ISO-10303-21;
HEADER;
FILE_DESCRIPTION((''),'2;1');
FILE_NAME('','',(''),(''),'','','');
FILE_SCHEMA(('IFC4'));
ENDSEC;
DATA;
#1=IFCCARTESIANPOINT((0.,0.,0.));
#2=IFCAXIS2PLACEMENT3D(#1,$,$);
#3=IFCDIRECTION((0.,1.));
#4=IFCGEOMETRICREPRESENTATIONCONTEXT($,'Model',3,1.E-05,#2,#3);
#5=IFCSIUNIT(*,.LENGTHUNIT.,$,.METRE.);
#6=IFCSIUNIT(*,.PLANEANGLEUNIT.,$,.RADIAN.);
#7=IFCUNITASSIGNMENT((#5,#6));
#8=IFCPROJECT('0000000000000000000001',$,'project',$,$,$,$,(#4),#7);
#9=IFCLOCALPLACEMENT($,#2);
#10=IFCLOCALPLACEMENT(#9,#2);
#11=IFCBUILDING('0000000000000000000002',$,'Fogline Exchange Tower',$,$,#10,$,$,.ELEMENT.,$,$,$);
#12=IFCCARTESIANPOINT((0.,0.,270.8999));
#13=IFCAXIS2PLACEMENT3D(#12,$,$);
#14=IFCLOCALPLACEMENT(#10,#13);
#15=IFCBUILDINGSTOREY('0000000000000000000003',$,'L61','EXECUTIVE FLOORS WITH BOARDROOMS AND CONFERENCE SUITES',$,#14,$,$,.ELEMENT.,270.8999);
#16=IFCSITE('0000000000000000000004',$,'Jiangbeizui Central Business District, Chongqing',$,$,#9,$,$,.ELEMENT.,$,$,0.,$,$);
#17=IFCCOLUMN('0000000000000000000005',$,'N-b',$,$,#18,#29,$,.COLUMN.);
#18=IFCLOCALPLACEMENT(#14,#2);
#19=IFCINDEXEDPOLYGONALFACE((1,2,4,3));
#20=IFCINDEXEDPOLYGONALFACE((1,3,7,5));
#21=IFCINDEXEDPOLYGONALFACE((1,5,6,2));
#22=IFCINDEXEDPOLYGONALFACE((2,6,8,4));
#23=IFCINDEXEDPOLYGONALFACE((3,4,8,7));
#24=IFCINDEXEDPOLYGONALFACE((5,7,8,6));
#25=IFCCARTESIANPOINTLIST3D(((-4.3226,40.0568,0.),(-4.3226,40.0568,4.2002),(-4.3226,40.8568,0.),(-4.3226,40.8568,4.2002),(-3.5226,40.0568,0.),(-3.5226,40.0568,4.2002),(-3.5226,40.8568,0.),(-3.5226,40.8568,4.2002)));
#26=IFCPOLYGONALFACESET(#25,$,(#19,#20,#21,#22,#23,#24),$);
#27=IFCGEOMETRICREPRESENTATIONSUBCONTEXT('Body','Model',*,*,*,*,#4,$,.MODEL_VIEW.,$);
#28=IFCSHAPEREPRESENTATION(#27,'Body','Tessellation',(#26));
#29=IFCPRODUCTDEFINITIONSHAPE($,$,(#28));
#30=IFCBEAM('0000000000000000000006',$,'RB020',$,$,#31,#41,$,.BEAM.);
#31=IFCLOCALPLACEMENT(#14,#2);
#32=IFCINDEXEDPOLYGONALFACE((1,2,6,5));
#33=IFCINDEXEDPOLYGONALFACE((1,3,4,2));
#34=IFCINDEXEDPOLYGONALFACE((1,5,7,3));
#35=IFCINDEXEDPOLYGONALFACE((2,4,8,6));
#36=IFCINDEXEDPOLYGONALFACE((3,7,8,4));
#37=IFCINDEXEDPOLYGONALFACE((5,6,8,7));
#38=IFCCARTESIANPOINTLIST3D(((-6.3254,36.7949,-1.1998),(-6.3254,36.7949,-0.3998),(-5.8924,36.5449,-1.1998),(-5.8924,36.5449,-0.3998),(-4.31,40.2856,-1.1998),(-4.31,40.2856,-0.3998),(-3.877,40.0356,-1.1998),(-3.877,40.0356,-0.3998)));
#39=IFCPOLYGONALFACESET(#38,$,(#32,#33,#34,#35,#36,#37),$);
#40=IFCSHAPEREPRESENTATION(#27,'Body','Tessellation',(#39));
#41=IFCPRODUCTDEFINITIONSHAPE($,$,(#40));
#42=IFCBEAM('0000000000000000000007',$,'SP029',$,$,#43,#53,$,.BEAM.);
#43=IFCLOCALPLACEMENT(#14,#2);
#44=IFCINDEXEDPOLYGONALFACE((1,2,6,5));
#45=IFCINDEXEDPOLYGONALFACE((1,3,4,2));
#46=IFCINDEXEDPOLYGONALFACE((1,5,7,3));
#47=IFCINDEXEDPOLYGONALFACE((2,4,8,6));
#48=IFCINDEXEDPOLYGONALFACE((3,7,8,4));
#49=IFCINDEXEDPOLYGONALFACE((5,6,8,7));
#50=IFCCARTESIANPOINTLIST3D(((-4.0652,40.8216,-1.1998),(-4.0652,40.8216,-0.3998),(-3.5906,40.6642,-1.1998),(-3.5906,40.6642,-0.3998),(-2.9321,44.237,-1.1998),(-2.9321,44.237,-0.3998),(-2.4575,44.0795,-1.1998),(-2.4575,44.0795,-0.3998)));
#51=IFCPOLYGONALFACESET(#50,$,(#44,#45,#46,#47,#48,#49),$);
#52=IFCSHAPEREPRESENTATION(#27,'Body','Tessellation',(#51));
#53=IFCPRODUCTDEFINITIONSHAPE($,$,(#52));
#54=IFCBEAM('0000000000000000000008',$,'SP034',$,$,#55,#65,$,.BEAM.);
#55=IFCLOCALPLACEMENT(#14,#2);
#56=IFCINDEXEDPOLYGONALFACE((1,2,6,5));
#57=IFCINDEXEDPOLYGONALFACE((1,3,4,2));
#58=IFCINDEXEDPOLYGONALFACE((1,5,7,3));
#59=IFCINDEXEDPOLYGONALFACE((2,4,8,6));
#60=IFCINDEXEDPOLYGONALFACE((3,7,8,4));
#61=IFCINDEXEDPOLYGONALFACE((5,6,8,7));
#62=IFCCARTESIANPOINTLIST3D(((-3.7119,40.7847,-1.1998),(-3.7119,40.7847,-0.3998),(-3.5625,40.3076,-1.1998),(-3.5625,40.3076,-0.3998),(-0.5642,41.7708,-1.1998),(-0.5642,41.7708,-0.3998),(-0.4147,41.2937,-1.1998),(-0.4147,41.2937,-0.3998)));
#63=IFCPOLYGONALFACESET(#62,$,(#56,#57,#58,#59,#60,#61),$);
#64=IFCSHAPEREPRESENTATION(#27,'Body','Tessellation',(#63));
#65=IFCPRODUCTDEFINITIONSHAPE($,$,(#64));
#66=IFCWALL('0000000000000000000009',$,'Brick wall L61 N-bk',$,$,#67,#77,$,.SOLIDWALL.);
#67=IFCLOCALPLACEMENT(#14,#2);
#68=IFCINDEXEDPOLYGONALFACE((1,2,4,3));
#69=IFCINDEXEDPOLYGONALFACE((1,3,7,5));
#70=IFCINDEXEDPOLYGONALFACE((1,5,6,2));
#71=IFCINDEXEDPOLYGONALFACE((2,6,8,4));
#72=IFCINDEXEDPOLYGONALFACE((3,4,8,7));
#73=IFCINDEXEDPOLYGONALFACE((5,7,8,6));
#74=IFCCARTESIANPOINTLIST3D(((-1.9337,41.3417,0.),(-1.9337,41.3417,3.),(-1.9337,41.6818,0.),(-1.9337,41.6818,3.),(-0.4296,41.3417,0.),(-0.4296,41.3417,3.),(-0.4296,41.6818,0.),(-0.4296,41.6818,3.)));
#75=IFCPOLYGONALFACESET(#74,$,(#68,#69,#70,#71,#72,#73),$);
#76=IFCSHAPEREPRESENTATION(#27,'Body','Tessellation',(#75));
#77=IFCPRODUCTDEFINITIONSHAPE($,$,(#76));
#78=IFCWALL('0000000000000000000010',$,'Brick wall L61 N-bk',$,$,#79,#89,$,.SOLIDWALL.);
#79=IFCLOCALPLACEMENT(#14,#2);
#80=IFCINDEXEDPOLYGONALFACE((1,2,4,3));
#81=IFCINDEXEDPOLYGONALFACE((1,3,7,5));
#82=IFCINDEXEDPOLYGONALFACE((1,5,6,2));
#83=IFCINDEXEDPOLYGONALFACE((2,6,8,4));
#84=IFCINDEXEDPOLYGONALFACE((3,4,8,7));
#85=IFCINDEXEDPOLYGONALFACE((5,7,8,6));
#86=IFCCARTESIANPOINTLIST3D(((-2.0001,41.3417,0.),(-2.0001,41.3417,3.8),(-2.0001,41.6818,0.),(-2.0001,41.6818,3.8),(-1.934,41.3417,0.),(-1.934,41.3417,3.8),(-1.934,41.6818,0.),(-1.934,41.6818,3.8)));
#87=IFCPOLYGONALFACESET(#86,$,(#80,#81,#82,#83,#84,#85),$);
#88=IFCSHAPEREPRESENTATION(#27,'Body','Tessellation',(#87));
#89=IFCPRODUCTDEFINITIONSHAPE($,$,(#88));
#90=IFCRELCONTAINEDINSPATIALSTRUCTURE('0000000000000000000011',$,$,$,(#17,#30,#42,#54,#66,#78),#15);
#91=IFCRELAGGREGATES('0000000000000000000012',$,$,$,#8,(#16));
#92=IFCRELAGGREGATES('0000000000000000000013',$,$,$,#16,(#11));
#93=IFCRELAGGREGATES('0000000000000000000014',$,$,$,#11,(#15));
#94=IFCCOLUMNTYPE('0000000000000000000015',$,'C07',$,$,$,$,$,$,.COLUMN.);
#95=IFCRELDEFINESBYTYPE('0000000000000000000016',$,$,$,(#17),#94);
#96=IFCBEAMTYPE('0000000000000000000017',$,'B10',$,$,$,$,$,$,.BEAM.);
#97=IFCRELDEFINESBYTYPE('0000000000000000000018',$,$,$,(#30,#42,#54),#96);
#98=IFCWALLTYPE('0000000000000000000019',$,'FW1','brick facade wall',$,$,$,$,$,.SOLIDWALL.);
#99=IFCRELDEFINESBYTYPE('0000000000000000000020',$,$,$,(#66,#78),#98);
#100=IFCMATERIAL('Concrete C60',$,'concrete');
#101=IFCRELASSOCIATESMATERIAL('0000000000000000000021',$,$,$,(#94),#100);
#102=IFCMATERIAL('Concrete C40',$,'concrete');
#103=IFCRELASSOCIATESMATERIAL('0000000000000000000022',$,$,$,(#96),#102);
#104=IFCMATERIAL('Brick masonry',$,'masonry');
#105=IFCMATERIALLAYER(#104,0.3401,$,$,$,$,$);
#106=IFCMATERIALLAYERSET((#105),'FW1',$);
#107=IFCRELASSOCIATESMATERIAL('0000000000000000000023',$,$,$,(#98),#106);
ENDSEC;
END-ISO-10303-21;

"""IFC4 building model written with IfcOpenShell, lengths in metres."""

from ifc_helpers import new_model, si_unit, direction, frame, frame_2d, origin, origin_2d, place, context, subcontext, project, spatial, rectangle, extrude, material, layer, layer_set, material_profile, profile_set, type_object, element, save


model = new_model("IFC4")

# Units and contexts
model_context = context("Model", 3, precision=1e-05, world=origin(), true_north=direction((0.0, 1.0)))
body_context = subcontext(model_context, "Body", "Model", "MODEL_VIEW")
ifc_project = project(units=[si_unit("LENGTHUNIT", "METRE"), si_unit("PLANEANGLEUNIT", "RADIAN")], contexts=[model_context])

# Site, building, storey
site_placement = place(None, origin())
site = spatial("IfcSite", under=ifc_project, at=site_placement, Name="Jiangbeizui Central Business District, Chongqing", CompositionType="ELEMENT", RefElevation=0.0)
building_placement = place(site_placement, origin())
building = spatial("IfcBuilding", under=site, at=building_placement, Name="Fogline Exchange Tower", CompositionType="ELEMENT")
storey_placement = place(building_placement, frame((0.0, 0.0, 270.8999)))
storey = spatial("IfcBuildingStorey", under=building, at=storey_placement, Name="L61", Description="EXECUTIVE FLOORS WITH BOARDROOMS AND CONFERENCE SUITES", CompositionType="ELEMENT", Elevation=270.8999)

# Column
ifc_material_1 = material(Name="Concrete C60", Category="concrete")
ifc_material_profile_1 = material_profile(ifc_material_1, rectangle(XDim=0.8, YDim=0.8, at=origin_2d()), Name="RC 800x800")
ifc_profile_set_1 = profile_set([ifc_material_profile_1], Name="Concrete C60")
column_type = type_object("IfcColumnType", Name="C07", PredefinedType="COLUMN", material=ifc_profile_set_1)
column_placement = place(storey_placement, frame((-3.9226, 40.4568, 0.0), z_axis=(0.0, 0.0, 1.0), x_axis=(1.0, 0.0, 0.0)))
element("IfcColumn", 1, at=column_placement, inside=storey, type_object=column_type, Name="N-b", PredefinedType="COLUMN", context=body_context, shape_type="SweptSolid", body=[
    extrude(rectangle(XDim=0.8, YDim=0.8, at=origin_2d()), origin(), (0.0, 0.0, 1.0), 4.2002),
])

# Beams
ifc_material_2 = material(Name="Concrete C40", Category="concrete")
ifc_material_profile_2 = material_profile(ifc_material_2, rectangle(XDim=0.5, YDim=0.8, at=origin_2d()), Name="RC 500x800")
ifc_profile_set_2 = profile_set([ifc_material_profile_2], Name="Concrete C40")
beam_type = type_object("IfcBeamType", Name="B10", PredefinedType="BEAM", material=ifc_profile_set_2)
beam_1_placement = place(storey_placement, frame((-4.0935, 40.1606, -0.7998), z_axis=(-0.500002, -0.866024, 0.0), x_axis=(0.866024, -0.500002, 0.0)))
element("IfcBeam", 2, at=beam_1_placement, inside=storey, type_object=beam_type, Name="RB020", PredefinedType="BEAM", context=body_context, shape_type="SweptSolid", body=[
    extrude(rectangle(XDim=0.5, YDim=0.8, at=origin_2d()), origin(), (0.0, 0.0, 1.0), 4.0308),
])
beam_2_placement = place(storey_placement, frame((-3.8279, 40.7429, -0.7998), z_axis=(0.314884, 0.94913, 0.0), x_axis=(-0.94913, 0.314884, 0.0)))
element("IfcBeam", 3, at=beam_2_placement, inside=storey, type_object=beam_type, Name="SP029", PredefinedType="BEAM", context=body_context, shape_type="SweptSolid", body=[
    extrude(rectangle(XDim=0.5, YDim=0.8, at=origin_2d()), origin(), (0.0, 0.0, 1.0), 3.5984),
])
beam_3_placement = place(storey_placement, frame((-3.6372, 40.5461, -0.7998), z_axis=(0.95427, 0.298945, 0.0), x_axis=(-0.298945, 0.95427, 0.0)))
element("IfcBeam", 4, at=beam_3_placement, inside=storey, type_object=beam_type, Name="SP034", PredefinedType="BEAM", context=body_context, shape_type="SweptSolid", body=[
    extrude(rectangle(XDim=0.5, YDim=0.8, at=origin_2d()), origin(), (0.0, 0.0, 1.0), 3.2986),
])

# Walls
ifc_material_3 = material(Name="Brick masonry", Category="masonry")
ifc_layer = layer(ifc_material_3, 0.3401)
ifc_layer_set = layer_set([ifc_layer], Name="FW1")
wall_type = type_object("IfcWallType", Name="FW1", Description="brick facade wall", PredefinedType="SOLIDWALL", material=ifc_layer_set)
wall_1_placement = place(storey_placement, frame((-0.4297, 41.5117, 0.0), z_axis=(0.0, 0.0, 1.0), x_axis=(-1.0, 0.0, 0.0)))
element("IfcWall", 5, at=wall_1_placement, inside=storey, type_object=wall_type, Name="Brick wall L61 N-bk", PredefinedType="SOLIDWALL", context=body_context, shape_type="SweptSolid", body=[
    extrude(rectangle(XDim=1.5042, YDim=0.3401, at=frame_2d((0.752, 0.0))), origin(), (0.0, 0.0, 1.0), 3.0),
])
wall_2_placement = place(storey_placement, frame((-1.9338, 41.5117, 0.0), z_axis=(0.0, 0.0, 1.0), x_axis=(-1.0, 0.0, 0.0)))
element("IfcWall", 6, at=wall_2_placement, inside=storey, type_object=wall_type, Name="Brick wall L61 N-bk", PredefinedType="SOLIDWALL", context=body_context, shape_type="SweptSolid", body=[
    extrude(rectangle(XDim=0.0662, YDim=0.3401, at=frame_2d((0.0332, 0.0))), origin(), (0.0, 0.0, 1.0), 3.8),
])

save(model, "model.ifc")
